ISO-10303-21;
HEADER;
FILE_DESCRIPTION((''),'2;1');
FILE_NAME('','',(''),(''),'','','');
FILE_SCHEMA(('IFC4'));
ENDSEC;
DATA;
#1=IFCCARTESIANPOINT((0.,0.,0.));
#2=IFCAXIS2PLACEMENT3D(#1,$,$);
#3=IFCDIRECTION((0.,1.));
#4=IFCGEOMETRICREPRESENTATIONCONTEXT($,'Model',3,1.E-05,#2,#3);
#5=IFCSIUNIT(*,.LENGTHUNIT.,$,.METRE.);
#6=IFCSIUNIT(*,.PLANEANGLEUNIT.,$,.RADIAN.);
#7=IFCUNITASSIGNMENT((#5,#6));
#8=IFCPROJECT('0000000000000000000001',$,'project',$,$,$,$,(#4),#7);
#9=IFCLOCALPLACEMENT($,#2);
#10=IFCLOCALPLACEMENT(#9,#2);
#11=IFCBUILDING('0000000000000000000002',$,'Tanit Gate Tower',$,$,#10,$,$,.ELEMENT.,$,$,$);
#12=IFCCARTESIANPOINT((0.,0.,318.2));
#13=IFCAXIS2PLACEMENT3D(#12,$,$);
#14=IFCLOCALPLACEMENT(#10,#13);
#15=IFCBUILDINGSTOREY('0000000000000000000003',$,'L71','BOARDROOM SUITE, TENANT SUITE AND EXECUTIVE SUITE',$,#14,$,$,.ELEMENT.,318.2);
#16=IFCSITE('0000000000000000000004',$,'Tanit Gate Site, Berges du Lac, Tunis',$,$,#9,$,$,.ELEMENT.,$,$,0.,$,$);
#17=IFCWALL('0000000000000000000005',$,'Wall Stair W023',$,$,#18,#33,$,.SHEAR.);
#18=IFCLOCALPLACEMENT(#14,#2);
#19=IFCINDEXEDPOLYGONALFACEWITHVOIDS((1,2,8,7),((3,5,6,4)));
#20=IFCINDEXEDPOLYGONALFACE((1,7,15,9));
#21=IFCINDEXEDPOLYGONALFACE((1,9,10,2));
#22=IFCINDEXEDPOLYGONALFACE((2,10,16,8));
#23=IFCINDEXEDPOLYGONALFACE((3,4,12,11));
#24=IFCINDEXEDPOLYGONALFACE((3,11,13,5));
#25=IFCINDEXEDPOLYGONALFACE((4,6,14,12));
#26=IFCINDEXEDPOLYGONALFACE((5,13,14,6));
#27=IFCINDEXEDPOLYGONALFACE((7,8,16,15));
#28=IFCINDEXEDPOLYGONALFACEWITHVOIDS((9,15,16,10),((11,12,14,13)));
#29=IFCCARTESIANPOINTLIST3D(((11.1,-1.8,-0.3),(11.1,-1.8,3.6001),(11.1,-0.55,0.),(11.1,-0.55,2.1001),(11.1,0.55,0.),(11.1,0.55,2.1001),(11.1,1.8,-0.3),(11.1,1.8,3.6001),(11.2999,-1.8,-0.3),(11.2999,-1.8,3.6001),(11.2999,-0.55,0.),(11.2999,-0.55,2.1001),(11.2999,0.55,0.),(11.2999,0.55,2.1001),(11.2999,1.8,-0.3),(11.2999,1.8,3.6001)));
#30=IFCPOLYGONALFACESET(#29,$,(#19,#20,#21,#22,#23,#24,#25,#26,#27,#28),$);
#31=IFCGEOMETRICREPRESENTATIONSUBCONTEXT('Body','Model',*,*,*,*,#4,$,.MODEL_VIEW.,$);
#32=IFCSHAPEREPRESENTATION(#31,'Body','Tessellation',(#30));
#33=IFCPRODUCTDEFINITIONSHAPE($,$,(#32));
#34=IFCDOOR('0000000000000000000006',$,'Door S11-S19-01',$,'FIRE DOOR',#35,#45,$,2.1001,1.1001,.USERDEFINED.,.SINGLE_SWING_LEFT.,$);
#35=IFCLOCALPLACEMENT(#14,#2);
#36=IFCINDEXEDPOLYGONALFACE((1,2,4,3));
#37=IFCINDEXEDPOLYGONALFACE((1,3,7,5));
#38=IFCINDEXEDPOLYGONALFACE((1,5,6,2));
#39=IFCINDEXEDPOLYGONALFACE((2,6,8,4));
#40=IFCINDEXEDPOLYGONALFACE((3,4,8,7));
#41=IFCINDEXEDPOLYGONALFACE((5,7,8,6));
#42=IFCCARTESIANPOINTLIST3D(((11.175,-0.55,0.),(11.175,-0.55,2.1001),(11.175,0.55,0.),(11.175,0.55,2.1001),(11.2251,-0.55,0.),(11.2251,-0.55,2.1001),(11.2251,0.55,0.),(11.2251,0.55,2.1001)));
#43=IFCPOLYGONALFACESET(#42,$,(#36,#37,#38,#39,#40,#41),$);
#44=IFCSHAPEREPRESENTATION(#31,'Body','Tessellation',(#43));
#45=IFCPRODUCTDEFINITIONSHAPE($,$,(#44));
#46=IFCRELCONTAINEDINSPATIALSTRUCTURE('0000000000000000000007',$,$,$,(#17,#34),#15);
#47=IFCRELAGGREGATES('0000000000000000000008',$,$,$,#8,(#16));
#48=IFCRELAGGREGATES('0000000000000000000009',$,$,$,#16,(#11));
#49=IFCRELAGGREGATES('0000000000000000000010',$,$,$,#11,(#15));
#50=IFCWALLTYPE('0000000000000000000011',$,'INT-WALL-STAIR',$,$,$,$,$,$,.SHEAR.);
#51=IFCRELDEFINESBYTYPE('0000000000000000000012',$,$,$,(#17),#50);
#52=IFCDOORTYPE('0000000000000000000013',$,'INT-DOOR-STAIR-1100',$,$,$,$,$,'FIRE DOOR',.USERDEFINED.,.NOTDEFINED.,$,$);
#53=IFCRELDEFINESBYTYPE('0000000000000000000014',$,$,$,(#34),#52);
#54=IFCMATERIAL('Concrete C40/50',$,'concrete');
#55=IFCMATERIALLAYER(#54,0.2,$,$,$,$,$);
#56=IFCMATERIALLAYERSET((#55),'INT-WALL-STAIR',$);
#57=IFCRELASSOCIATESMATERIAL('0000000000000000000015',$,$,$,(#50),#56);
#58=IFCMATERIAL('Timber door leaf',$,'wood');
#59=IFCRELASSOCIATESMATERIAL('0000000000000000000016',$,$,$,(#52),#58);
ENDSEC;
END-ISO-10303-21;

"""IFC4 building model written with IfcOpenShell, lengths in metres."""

from ifc_helpers import new_model, si_unit, direction, frame, frame_2d, origin, place, context, subcontext, project, spatial, rectangle, extrude, material, layer, layer_set, type_object, element, fill, save


model = new_model("IFC4")

# Units and contexts
model_context = context("Model", 3, precision=1e-05, world=origin(), true_north=direction((0.0, 1.0)))
body_context = subcontext(model_context, "Body", "Model", "MODEL_VIEW")
ifc_project = project(units=[si_unit("LENGTHUNIT", "METRE"), si_unit("PLANEANGLEUNIT", "RADIAN")], contexts=[model_context])

# Site, building, storey
site_placement = place(None, origin())
site = spatial("IfcSite", under=ifc_project, at=site_placement, Name="Tanit Gate Site, Berges du Lac, Tunis", CompositionType="ELEMENT", RefElevation=0.0)
building_placement = place(site_placement, origin())
building = spatial("IfcBuilding", under=site, at=building_placement, Name="Tanit Gate Tower", CompositionType="ELEMENT")
storey_placement = place(building_placement, frame((0.0, 0.0, 318.2)))
storey = spatial("IfcBuildingStorey", under=building, at=storey_placement, Name="L71", Description="BOARDROOM SUITE, TENANT SUITE AND EXECUTIVE SUITE", CompositionType="ELEMENT", Elevation=318.2)

# Shared definitions
ifc_material_1 = material(Name="Concrete C40/50", Category="concrete")
ifc_layer_1 = layer(ifc_material_1, 0.2)
ifc_layer_set_1 = layer_set([ifc_layer_1], Name="INT-WALL-STAIR")
wall_type_1 = type_object("IfcWallType", Name="INT-WALL-STAIR", PredefinedType="SHEAR", material=ifc_layer_set_1)

# Wall, opening, door
wall_1_placement = place(storey_placement, frame((11.2, -1.8, -0.3), z_axis=(0.0, 0.0, 1.0), x_axis=(0.0, 1.0, 0.0)))
wall_1 = element("IfcWall", 1, at=wall_1_placement, inside=storey, type_object=wall_type_1, Name="Wall Stair W023", PredefinedType="SHEAR", context=body_context, shape_type="SweptSolid", body=[
    extrude(rectangle(XDim=3.6001, YDim=0.2, at=frame_2d((1.8, 0.0))), origin(), (0.0, 0.0, 1.0), 3.9001),
])
opening_1_placement = place(wall_1_placement, frame((1.25, 0.0, 0.3)))
opening_1 = element("IfcOpeningElement", 2, at=opening_1_placement, cuts=wall_1, PredefinedType="OPENING", context=body_context, shape_type="SweptSolid", body=[
    extrude(rectangle(XDim=1.1001, YDim=2.1001, at=frame_2d((0.55, 1.05))), frame((0.0, 0.1099, 0.0), z_axis=(0.0, -1.0, 0.0), x_axis=(1.0, 0.0, 0.0)), (0.0, 0.0, 1.0), 0.22),
])
ifc_material_2 = material(Name="Timber door leaf", Category="wood")
door_type_1 = type_object("IfcDoorType", Name="INT-DOOR-STAIR-1100", ElementType="FIRE DOOR", OperationType="NOTDEFINED", PredefinedType="USERDEFINED", material=ifc_material_2)
door_1_placement = place(opening_1_placement, origin())
door_1 = element("IfcDoor", 3, at=door_1_placement, inside=storey, type_object=door_type_1, Name="Door S11-S19-01", ObjectType="FIRE DOOR", OperationType="SINGLE_SWING_LEFT", OverallHeight=2.1001, OverallWidth=1.1001, PredefinedType="USERDEFINED", context=body_context, shape_type="SweptSolid", body=[
    extrude(rectangle(XDim=1.1001, YDim=2.1001, at=frame_2d((0.55, 1.05))), frame((0.0, 0.0249, 0.0), z_axis=(0.0, -1.0, 0.0), x_axis=(1.0, 0.0, 0.0)), (0.0, 0.0, 1.0), 0.05),
])
fill(opening_1, door_1)

save(model, "model.ifc")
